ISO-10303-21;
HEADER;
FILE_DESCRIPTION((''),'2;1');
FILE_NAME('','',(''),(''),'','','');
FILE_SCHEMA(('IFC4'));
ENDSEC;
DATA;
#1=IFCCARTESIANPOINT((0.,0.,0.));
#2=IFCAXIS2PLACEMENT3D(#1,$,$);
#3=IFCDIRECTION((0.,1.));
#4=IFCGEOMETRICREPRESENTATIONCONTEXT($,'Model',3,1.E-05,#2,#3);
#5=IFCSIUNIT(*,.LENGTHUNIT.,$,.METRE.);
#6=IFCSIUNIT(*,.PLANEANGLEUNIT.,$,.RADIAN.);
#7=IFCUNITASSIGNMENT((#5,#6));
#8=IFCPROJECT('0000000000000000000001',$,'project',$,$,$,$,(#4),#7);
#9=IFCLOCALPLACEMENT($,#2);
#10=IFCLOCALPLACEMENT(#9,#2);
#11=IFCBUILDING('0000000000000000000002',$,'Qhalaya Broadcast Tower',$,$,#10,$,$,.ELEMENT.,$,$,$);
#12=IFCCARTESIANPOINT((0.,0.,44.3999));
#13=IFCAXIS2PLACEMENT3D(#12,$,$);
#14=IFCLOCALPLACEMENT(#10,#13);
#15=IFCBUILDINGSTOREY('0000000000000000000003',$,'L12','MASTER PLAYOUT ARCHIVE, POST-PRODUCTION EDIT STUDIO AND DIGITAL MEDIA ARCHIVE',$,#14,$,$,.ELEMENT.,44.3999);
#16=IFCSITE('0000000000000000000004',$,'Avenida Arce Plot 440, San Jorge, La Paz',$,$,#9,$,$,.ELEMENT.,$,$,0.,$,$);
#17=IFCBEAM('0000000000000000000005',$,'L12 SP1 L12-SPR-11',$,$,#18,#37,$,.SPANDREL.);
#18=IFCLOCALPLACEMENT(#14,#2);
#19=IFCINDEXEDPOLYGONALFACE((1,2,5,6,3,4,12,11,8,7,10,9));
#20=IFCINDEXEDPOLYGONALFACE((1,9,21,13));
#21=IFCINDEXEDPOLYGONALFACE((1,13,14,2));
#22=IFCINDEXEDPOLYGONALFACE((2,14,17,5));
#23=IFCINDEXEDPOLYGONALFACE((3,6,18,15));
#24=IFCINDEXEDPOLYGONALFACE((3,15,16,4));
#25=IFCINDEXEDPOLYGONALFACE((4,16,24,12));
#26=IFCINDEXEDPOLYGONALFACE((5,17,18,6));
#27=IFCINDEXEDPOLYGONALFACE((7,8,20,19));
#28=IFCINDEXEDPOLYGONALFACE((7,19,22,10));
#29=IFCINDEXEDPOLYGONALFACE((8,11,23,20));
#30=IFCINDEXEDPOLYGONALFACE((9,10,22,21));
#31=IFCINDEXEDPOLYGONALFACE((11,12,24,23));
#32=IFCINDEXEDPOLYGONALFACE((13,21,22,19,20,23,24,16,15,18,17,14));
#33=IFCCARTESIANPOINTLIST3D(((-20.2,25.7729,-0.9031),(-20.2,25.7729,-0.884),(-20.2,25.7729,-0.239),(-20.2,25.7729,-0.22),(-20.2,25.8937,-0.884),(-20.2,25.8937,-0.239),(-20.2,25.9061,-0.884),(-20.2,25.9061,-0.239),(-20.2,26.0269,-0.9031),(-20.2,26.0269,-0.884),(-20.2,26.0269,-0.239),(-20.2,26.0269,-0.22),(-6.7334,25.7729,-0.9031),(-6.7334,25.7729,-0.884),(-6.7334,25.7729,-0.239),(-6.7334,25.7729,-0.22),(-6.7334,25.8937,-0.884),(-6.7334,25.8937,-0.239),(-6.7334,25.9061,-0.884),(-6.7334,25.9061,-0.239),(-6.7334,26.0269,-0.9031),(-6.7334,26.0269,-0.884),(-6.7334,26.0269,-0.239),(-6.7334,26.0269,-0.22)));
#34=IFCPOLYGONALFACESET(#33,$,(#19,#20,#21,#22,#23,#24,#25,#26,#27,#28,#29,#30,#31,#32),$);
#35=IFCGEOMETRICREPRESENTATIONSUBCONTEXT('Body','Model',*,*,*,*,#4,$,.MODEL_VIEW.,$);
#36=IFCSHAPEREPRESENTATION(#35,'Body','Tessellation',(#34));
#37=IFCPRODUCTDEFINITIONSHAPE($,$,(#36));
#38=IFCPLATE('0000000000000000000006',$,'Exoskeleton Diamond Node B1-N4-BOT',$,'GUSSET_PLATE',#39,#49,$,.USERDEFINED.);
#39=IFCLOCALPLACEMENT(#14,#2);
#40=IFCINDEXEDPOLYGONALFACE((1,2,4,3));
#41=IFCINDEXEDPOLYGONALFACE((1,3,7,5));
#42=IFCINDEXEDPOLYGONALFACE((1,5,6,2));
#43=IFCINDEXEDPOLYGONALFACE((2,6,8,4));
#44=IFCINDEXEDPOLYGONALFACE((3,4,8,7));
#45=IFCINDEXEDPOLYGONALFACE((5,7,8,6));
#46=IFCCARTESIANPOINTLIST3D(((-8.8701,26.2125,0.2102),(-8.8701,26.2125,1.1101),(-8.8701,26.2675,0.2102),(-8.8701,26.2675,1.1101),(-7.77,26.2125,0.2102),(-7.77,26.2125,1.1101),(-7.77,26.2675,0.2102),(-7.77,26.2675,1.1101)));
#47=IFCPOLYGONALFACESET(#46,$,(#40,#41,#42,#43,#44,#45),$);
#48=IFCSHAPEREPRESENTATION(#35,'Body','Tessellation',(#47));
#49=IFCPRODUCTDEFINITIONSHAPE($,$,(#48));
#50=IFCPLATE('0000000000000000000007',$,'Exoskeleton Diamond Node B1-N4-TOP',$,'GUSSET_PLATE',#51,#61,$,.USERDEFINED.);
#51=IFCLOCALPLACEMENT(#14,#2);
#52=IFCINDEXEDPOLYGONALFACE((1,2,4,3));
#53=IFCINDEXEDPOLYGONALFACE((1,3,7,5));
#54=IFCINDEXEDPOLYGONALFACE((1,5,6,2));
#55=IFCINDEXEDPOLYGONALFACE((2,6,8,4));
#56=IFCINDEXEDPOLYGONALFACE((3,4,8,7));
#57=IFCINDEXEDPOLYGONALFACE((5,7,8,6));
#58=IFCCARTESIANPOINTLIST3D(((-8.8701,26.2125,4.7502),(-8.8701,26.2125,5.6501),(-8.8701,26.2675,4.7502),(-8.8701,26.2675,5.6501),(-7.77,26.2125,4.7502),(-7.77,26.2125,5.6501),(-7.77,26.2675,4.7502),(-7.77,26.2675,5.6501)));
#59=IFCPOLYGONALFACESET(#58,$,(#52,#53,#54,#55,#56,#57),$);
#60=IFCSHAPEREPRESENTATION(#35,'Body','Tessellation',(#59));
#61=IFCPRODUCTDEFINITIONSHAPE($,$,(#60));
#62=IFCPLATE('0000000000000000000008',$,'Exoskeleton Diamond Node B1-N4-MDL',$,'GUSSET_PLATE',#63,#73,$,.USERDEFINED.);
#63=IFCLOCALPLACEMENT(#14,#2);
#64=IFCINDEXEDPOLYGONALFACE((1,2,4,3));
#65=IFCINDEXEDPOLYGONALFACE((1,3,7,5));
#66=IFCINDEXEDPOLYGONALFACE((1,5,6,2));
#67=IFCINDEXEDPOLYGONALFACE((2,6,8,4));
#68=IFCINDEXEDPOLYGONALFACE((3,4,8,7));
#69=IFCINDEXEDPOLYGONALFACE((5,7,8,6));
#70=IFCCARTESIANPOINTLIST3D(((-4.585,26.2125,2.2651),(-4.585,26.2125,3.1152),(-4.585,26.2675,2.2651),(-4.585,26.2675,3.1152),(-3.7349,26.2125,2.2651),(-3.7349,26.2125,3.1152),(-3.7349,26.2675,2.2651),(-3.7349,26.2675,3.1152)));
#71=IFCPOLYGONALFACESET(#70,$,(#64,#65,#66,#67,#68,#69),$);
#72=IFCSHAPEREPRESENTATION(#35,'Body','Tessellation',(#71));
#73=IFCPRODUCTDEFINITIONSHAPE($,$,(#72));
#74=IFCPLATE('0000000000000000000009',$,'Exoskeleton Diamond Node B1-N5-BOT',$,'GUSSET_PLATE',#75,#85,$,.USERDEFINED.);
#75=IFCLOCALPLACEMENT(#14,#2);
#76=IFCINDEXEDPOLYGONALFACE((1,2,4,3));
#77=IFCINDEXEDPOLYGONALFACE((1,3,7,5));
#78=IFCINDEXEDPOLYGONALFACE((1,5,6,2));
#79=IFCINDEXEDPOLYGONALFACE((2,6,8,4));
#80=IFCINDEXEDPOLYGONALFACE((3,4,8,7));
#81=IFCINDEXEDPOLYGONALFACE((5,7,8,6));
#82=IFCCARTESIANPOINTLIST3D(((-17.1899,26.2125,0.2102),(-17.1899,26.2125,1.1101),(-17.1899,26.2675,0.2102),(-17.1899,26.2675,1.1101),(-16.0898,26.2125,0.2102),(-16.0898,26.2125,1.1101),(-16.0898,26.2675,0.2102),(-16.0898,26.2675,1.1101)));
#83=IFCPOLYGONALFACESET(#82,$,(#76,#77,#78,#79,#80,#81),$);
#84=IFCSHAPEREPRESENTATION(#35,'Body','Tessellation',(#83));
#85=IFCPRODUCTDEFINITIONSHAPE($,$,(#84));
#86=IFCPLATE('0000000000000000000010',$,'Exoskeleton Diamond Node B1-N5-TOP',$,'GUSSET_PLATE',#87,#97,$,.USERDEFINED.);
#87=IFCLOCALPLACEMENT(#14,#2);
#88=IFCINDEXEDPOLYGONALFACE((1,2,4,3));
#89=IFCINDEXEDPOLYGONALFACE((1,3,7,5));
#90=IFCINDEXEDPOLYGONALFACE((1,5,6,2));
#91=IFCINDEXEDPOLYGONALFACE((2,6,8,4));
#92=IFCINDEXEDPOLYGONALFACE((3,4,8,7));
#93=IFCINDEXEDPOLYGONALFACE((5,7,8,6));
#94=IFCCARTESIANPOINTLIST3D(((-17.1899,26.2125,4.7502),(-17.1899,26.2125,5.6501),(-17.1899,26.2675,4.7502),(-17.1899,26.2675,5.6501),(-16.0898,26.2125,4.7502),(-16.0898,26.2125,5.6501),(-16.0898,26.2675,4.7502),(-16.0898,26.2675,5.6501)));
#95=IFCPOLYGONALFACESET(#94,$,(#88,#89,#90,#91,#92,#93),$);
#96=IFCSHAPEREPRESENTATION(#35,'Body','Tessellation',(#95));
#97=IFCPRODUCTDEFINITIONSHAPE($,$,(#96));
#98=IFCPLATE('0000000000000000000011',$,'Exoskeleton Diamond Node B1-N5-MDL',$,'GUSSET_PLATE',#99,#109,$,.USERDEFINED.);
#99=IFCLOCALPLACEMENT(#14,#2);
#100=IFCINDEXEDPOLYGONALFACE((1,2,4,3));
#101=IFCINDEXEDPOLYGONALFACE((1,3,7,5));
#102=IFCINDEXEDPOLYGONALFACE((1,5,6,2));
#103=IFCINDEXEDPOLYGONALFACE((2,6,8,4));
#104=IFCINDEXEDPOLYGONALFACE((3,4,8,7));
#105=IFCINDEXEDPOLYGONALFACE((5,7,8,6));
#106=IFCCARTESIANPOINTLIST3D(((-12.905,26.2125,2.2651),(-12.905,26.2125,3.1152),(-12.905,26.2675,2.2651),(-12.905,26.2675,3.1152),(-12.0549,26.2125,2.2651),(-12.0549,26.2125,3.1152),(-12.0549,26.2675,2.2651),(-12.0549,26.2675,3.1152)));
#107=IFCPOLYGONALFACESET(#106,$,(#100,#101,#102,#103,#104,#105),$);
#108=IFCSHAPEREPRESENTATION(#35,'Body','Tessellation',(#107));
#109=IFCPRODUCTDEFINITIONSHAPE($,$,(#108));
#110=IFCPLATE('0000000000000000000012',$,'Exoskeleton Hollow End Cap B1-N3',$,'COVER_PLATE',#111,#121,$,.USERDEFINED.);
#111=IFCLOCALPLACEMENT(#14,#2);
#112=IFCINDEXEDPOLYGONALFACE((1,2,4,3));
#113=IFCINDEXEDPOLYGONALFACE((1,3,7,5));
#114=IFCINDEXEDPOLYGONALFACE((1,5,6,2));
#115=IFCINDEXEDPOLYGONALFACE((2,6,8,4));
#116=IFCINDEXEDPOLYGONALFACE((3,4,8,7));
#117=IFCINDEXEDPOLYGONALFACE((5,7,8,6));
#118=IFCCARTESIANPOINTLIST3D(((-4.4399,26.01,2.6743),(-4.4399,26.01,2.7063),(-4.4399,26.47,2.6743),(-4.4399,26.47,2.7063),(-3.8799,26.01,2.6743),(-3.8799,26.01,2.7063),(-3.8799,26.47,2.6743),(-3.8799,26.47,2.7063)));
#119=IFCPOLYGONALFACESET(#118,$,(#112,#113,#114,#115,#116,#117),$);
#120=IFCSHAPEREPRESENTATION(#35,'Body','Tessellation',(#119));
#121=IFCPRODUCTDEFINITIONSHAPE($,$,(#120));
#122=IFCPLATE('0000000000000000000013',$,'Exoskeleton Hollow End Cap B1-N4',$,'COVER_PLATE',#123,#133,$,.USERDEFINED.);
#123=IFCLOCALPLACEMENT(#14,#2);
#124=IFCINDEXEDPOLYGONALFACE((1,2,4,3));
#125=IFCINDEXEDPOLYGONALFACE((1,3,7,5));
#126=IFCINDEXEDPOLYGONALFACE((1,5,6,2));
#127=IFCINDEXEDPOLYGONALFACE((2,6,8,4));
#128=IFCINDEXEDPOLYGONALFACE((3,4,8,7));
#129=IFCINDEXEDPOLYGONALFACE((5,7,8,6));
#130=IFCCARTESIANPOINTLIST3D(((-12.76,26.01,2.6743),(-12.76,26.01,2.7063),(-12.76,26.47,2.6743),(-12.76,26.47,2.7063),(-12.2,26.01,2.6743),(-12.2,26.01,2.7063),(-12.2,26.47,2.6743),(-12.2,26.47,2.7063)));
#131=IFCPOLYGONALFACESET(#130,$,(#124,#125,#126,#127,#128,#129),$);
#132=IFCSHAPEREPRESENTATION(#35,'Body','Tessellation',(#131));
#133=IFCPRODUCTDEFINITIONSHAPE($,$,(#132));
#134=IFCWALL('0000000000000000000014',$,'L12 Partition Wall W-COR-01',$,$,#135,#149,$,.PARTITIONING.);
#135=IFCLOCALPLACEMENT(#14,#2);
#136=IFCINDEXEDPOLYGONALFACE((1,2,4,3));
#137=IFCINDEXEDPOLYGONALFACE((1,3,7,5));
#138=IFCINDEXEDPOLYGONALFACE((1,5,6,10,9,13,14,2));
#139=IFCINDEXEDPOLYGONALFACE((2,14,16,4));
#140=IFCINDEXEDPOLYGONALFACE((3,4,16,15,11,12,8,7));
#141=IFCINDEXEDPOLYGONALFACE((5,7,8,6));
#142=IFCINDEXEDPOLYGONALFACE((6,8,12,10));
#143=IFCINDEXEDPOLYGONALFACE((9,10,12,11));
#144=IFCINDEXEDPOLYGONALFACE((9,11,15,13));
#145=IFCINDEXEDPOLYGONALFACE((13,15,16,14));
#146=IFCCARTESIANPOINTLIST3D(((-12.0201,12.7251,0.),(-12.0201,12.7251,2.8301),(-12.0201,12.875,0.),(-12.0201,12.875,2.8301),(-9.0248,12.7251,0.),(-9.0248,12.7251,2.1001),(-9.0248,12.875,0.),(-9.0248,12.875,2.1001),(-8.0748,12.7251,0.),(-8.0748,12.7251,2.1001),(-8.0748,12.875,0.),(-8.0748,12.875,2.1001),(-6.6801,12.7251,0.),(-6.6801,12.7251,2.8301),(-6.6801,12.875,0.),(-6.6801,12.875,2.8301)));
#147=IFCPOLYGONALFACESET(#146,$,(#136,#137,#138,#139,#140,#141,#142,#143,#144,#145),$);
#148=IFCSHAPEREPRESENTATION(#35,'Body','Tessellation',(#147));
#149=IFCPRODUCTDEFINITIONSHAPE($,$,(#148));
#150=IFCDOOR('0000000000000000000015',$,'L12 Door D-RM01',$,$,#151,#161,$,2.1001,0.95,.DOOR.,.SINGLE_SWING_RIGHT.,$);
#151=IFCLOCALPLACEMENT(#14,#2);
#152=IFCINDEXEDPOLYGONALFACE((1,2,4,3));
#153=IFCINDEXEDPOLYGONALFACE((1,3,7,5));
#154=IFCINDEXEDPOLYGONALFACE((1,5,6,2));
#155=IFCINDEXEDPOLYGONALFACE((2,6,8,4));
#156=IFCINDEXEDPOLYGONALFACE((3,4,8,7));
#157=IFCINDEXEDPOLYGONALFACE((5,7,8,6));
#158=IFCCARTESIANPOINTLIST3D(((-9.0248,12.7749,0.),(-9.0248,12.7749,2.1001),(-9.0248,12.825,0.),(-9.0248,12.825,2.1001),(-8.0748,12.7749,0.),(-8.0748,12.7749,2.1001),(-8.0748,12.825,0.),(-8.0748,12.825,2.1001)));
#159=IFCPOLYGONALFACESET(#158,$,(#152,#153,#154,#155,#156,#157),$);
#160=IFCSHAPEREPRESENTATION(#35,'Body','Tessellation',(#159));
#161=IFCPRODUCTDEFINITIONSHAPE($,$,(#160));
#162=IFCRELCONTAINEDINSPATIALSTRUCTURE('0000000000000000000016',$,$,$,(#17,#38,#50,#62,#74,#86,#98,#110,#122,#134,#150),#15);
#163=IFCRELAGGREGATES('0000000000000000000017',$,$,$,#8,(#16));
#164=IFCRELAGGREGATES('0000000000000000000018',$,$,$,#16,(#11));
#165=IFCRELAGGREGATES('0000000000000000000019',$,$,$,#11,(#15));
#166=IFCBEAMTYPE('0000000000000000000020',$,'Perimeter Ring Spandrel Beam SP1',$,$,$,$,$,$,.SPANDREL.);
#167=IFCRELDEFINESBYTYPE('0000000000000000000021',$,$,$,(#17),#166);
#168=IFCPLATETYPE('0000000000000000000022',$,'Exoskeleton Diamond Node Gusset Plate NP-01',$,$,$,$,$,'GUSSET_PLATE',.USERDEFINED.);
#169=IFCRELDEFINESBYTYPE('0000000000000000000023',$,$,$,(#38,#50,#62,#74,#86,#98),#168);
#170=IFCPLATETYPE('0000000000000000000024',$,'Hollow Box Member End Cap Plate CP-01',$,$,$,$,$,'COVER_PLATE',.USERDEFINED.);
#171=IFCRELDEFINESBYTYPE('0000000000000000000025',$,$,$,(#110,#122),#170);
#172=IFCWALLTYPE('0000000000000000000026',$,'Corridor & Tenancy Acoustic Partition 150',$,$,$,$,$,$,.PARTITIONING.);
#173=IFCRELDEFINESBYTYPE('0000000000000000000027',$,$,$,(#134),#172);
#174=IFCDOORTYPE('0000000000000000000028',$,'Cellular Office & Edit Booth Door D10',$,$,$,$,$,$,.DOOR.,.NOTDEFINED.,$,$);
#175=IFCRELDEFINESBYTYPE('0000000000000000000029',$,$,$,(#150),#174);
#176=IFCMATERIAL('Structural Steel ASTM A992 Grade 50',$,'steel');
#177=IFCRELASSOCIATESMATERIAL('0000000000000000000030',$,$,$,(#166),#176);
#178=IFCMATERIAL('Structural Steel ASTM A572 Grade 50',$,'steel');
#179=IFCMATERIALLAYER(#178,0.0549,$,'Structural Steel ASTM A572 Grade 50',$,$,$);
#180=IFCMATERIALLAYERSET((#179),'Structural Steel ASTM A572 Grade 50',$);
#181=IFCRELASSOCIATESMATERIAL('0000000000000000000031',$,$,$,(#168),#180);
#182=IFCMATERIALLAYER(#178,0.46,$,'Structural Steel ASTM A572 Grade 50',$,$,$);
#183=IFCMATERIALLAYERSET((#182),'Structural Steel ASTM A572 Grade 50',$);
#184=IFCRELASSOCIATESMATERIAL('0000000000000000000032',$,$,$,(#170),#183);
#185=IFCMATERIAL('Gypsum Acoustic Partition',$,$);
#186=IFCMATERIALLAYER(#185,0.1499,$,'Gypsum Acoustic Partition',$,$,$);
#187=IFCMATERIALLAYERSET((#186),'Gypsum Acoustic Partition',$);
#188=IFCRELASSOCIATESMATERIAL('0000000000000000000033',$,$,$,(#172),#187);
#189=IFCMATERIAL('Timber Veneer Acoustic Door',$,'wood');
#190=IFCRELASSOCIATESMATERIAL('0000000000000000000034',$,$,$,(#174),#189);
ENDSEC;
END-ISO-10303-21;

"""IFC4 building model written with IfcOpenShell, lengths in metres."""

from ifc_helpers import new_model, si_unit, direction, frame, frame_2d, origin, origin_2d, place, context, subcontext, project, spatial, rectangle, i_section, extrude, material, layer, layer_set, material_profile, profile_set, type_object, element, fill, save


model = new_model("IFC4")

# Units and contexts
model_context = context("Model", 3, precision=1e-05, world=origin(), true_north=direction((0.0, 1.0)))
body_context = subcontext(model_context, "Body", "Model", "MODEL_VIEW")
ifc_project = project(units=[si_unit("LENGTHUNIT", "METRE"), si_unit("PLANEANGLEUNIT", "RADIAN")], contexts=[model_context])

# Site, building, storey
site_placement = place(None, origin())
site = spatial("IfcSite", under=ifc_project, at=site_placement, Name="Avenida Arce Plot 440, San Jorge, La Paz", CompositionType="ELEMENT", RefElevation=0.0)
building_placement = place(site_placement, origin())
building = spatial("IfcBuilding", under=site, at=building_placement, Name="Qhalaya Broadcast Tower", CompositionType="ELEMENT")
storey_placement = place(building_placement, frame((0.0, 0.0, 44.3999)))
storey = spatial("IfcBuildingStorey", under=building, at=storey_placement, Name="L12", Description="MASTER PLAYOUT ARCHIVE, POST-PRODUCTION EDIT STUDIO AND DIGITAL MEDIA ARCHIVE", CompositionType="ELEMENT", Elevation=44.3999)

# Shared definitions
ifc_material_1 = material(Name="Structural Steel ASTM A992 Grade 50", Category="steel")
ifc_material_2 = material(Name="Structural Steel ASTM A572 Grade 50", Category="steel")

# Beam
ifc_material_profile_1 = material_profile(ifc_material_1, i_section(OverallWidth=0.2539, OverallDepth=0.6831, WebThickness=0.0125, FlangeThickness=0.019, at=origin_2d()), Name="W27X94")
ifc_profile_set_1 = profile_set([ifc_material_profile_1], Name="Structural Steel ASTM A992 Grade 50")
beam_type_1 = type_object("IfcBeamType", Name="Perimeter Ring Spandrel Beam SP1", PredefinedType="SPANDREL", material=ifc_profile_set_1)
beam_1_placement = place(storey_placement, frame((-6.7334, 25.8999, -0.5615), z_axis=(-1.0, 0.0, 0.0), x_axis=(0.0, -1.0, 0.0)))
element("IfcBeam", 1, at=beam_1_placement, inside=storey, type_object=beam_type_1, Name="L12 SP1 L12-SPR-11", PredefinedType="SPANDREL", context=body_context, shape_type="SweptSolid", body=[
    extrude(i_section(OverallWidth=0.2539, OverallDepth=0.6831, WebThickness=0.0125, FlangeThickness=0.019, at=origin_2d()), origin(), (0.0, 0.0, 1.0), 13.4666),
])

# Plates
ifc_layer_1 = layer(ifc_material_2, 0.0549, Name="Structural Steel ASTM A572 Grade 50")
ifc_layer_set_1 = layer_set([ifc_layer_1], Name="Structural Steel ASTM A572 Grade 50")
plate_type_1 = type_object("IfcPlateType", Name="Exoskeleton Diamond Node Gusset Plate NP-01", ElementType="GUSSET_PLATE", PredefinedType="USERDEFINED", material=ifc_layer_set_1)
for number, where, z_axis, x_axis, name in (
    (2, (-8.3201, 26.24, 0.2102), (0.0, 0.0, 1.0), (1.0, 0.0, 0.0), "Exoskeleton Diamond Node B1-N4-BOT"),
    (3, (-8.3201, 26.24, 4.7502), (0.0, 0.0, 1.0), (1.0, 0.0, 0.0), "Exoskeleton Diamond Node B1-N4-TOP"),
):
    element("IfcPlate", number, at=place(storey_placement, frame(where, z_axis=z_axis, x_axis=x_axis)), inside=storey, type_object=plate_type_1, Name=name, ObjectType="GUSSET_PLATE", PredefinedType="USERDEFINED", context=body_context, shape_type="SweptSolid", body=[
        extrude(rectangle(XDim=1.1001, YDim=0.0549, at=origin_2d()), origin(), (0.0, 0.0, 1.0), 0.8999),
    ])
plate_1_placement = place(storey_placement, frame((-4.1599, 26.24, 2.2651), z_axis=(0.0, 0.0, 1.0), x_axis=(1.0, 0.0, 0.0)))
element("IfcPlate", 4, at=plate_1_placement, inside=storey, type_object=plate_type_1, Name="Exoskeleton Diamond Node B1-N4-MDL", ObjectType="GUSSET_PLATE", PredefinedType="USERDEFINED", context=body_context, shape_type="SweptSolid", body=[
    extrude(rectangle(XDim=0.8501, YDim=0.0549, at=origin_2d()), origin(), (0.0, 0.0, 1.0), 0.8501),
])
for number, where, z_axis, x_axis, name in (
    (5, (-16.6399, 26.24, 0.2102), (0.0, 0.0, 1.0), (1.0, 0.0, 0.0), "Exoskeleton Diamond Node B1-N5-BOT"),
    (6, (-16.6399, 26.24, 4.7502), (0.0, 0.0, 1.0), (1.0, 0.0, 0.0), "Exoskeleton Diamond Node B1-N5-TOP"),
):
    element("IfcPlate", number, at=place(storey_placement, frame(where, z_axis=z_axis, x_axis=x_axis)), inside=storey, type_object=plate_type_1, Name=name, ObjectType="GUSSET_PLATE", PredefinedType="USERDEFINED", context=body_context, shape_type="SweptSolid", body=[
        extrude(rectangle(XDim=1.1001, YDim=0.0549, at=origin_2d()), origin(), (0.0, 0.0, 1.0), 0.8999),
    ])
plate_2_placement = place(storey_placement, frame((-12.48, 26.24, 2.2651), z_axis=(0.0, 0.0, 1.0), x_axis=(1.0, 0.0, 0.0)))
element("IfcPlate", 7, at=plate_2_placement, inside=storey, type_object=plate_type_1, Name="Exoskeleton Diamond Node B1-N5-MDL", ObjectType="GUSSET_PLATE", PredefinedType="USERDEFINED", context=body_context, shape_type="SweptSolid", body=[
    extrude(rectangle(XDim=0.8501, YDim=0.0549, at=origin_2d()), origin(), (0.0, 0.0, 1.0), 0.8501),
])
ifc_layer_2 = layer(ifc_material_2, 0.46, Name="Structural Steel ASTM A572 Grade 50")
ifc_layer_set_2 = layer_set([ifc_layer_2], Name="Structural Steel ASTM A572 Grade 50")
plate_type_2 = type_object("IfcPlateType", Name="Hollow Box Member End Cap Plate CP-01", ElementType="COVER_PLATE", PredefinedType="USERDEFINED", material=ifc_layer_set_2)
for number, where, z_axis, x_axis, name in (
    (8, (-4.1599, 26.24, 2.6743), (0.0, 0.0, 1.0), (1.0, 0.0, 0.0), "Exoskeleton Hollow End Cap B1-N3"),
    (9, (-12.48, 26.24, 2.6743), (0.0, 0.0, 1.0), (1.0, 0.0, 0.0), "Exoskeleton Hollow End Cap B1-N4"),
):
    element("IfcPlate", number, at=place(storey_placement, frame(where, z_axis=z_axis, x_axis=x_axis)), inside=storey, type_object=plate_type_2, Name=name, ObjectType="COVER_PLATE", PredefinedType="USERDEFINED", context=body_context, shape_type="SweptSolid", body=[
        extrude(rectangle(XDim=0.5601, YDim=0.46, at=origin_2d()), origin(), (0.0, 0.0, 1.0), 0.032),
    ])

# Wall, opening, door
ifc_material_3 = material(Name="Gypsum Acoustic Partition")
ifc_layer_3 = layer(ifc_material_3, 0.1499, Name="Gypsum Acoustic Partition")
ifc_layer_set_3 = layer_set([ifc_layer_3], Name="Gypsum Acoustic Partition")
wall_type_1 = type_object("IfcWallType", Name="Corridor & Tenancy Acoustic Partition 150", PredefinedType="PARTITIONING", material=ifc_layer_set_3)
wall_1_placement = place(storey_placement, frame((-12.02, 12.8, 0.0), z_axis=(0.0, 0.0, 1.0), x_axis=(1.0, 0.0, 0.0)))
wall_1 = element("IfcWall", 10, at=wall_1_placement, inside=storey, type_object=wall_type_1, Name="L12 Partition Wall W-COR-01", PredefinedType="PARTITIONING", context=body_context, shape_type="SweptSolid", body=[
    extrude(rectangle(XDim=5.3401, YDim=0.1499, at=frame_2d((2.6699, 0.0))), origin(), (0.0, 0.0, 1.0), 2.8301),
])
opening_1_placement = place(wall_1_placement, frame((2.9951, 0.0, 0.0)))
opening_1 = element("IfcOpeningElement", 11, at=opening_1_placement, cuts=wall_1, PredefinedType="OPENING", context=body_context, shape_type="SweptSolid", body=[
    extrude(rectangle(XDim=0.95, YDim=2.1001, at=frame_2d((0.4751, 1.05))), frame((0.0, 0.0869, 0.0), z_axis=(0.0, -1.0, 0.0), x_axis=(1.0, 0.0, 0.0)), (0.0, 0.0, 1.0), 0.1738),
])
ifc_material_4 = material(Name="Timber Veneer Acoustic Door", Category="wood")
door_type = type_object("IfcDoorType", Name="Cellular Office & Edit Booth Door D10", OperationType="NOTDEFINED", PredefinedType="DOOR", material=ifc_material_4)
door_1_placement = place(opening_1_placement, origin())
door_1 = element("IfcDoor", 12, at=door_1_placement, inside=storey, type_object=door_type, Name="L12 Door D-RM01", OperationType="SINGLE_SWING_RIGHT", OverallHeight=2.1001, OverallWidth=0.95, PredefinedType="DOOR", context=body_context, shape_type="SweptSolid", body=[
    extrude(rectangle(XDim=0.95, YDim=2.1001, at=frame_2d((0.4751, 1.05))), frame((0.0, 0.0249, 0.0), z_axis=(0.0, -1.0, 0.0), x_axis=(1.0, 0.0, 0.0)), (0.0, 0.0, 1.0), 0.05),
])
fill(opening_1, door_1)

save(model, "model.ifc")
